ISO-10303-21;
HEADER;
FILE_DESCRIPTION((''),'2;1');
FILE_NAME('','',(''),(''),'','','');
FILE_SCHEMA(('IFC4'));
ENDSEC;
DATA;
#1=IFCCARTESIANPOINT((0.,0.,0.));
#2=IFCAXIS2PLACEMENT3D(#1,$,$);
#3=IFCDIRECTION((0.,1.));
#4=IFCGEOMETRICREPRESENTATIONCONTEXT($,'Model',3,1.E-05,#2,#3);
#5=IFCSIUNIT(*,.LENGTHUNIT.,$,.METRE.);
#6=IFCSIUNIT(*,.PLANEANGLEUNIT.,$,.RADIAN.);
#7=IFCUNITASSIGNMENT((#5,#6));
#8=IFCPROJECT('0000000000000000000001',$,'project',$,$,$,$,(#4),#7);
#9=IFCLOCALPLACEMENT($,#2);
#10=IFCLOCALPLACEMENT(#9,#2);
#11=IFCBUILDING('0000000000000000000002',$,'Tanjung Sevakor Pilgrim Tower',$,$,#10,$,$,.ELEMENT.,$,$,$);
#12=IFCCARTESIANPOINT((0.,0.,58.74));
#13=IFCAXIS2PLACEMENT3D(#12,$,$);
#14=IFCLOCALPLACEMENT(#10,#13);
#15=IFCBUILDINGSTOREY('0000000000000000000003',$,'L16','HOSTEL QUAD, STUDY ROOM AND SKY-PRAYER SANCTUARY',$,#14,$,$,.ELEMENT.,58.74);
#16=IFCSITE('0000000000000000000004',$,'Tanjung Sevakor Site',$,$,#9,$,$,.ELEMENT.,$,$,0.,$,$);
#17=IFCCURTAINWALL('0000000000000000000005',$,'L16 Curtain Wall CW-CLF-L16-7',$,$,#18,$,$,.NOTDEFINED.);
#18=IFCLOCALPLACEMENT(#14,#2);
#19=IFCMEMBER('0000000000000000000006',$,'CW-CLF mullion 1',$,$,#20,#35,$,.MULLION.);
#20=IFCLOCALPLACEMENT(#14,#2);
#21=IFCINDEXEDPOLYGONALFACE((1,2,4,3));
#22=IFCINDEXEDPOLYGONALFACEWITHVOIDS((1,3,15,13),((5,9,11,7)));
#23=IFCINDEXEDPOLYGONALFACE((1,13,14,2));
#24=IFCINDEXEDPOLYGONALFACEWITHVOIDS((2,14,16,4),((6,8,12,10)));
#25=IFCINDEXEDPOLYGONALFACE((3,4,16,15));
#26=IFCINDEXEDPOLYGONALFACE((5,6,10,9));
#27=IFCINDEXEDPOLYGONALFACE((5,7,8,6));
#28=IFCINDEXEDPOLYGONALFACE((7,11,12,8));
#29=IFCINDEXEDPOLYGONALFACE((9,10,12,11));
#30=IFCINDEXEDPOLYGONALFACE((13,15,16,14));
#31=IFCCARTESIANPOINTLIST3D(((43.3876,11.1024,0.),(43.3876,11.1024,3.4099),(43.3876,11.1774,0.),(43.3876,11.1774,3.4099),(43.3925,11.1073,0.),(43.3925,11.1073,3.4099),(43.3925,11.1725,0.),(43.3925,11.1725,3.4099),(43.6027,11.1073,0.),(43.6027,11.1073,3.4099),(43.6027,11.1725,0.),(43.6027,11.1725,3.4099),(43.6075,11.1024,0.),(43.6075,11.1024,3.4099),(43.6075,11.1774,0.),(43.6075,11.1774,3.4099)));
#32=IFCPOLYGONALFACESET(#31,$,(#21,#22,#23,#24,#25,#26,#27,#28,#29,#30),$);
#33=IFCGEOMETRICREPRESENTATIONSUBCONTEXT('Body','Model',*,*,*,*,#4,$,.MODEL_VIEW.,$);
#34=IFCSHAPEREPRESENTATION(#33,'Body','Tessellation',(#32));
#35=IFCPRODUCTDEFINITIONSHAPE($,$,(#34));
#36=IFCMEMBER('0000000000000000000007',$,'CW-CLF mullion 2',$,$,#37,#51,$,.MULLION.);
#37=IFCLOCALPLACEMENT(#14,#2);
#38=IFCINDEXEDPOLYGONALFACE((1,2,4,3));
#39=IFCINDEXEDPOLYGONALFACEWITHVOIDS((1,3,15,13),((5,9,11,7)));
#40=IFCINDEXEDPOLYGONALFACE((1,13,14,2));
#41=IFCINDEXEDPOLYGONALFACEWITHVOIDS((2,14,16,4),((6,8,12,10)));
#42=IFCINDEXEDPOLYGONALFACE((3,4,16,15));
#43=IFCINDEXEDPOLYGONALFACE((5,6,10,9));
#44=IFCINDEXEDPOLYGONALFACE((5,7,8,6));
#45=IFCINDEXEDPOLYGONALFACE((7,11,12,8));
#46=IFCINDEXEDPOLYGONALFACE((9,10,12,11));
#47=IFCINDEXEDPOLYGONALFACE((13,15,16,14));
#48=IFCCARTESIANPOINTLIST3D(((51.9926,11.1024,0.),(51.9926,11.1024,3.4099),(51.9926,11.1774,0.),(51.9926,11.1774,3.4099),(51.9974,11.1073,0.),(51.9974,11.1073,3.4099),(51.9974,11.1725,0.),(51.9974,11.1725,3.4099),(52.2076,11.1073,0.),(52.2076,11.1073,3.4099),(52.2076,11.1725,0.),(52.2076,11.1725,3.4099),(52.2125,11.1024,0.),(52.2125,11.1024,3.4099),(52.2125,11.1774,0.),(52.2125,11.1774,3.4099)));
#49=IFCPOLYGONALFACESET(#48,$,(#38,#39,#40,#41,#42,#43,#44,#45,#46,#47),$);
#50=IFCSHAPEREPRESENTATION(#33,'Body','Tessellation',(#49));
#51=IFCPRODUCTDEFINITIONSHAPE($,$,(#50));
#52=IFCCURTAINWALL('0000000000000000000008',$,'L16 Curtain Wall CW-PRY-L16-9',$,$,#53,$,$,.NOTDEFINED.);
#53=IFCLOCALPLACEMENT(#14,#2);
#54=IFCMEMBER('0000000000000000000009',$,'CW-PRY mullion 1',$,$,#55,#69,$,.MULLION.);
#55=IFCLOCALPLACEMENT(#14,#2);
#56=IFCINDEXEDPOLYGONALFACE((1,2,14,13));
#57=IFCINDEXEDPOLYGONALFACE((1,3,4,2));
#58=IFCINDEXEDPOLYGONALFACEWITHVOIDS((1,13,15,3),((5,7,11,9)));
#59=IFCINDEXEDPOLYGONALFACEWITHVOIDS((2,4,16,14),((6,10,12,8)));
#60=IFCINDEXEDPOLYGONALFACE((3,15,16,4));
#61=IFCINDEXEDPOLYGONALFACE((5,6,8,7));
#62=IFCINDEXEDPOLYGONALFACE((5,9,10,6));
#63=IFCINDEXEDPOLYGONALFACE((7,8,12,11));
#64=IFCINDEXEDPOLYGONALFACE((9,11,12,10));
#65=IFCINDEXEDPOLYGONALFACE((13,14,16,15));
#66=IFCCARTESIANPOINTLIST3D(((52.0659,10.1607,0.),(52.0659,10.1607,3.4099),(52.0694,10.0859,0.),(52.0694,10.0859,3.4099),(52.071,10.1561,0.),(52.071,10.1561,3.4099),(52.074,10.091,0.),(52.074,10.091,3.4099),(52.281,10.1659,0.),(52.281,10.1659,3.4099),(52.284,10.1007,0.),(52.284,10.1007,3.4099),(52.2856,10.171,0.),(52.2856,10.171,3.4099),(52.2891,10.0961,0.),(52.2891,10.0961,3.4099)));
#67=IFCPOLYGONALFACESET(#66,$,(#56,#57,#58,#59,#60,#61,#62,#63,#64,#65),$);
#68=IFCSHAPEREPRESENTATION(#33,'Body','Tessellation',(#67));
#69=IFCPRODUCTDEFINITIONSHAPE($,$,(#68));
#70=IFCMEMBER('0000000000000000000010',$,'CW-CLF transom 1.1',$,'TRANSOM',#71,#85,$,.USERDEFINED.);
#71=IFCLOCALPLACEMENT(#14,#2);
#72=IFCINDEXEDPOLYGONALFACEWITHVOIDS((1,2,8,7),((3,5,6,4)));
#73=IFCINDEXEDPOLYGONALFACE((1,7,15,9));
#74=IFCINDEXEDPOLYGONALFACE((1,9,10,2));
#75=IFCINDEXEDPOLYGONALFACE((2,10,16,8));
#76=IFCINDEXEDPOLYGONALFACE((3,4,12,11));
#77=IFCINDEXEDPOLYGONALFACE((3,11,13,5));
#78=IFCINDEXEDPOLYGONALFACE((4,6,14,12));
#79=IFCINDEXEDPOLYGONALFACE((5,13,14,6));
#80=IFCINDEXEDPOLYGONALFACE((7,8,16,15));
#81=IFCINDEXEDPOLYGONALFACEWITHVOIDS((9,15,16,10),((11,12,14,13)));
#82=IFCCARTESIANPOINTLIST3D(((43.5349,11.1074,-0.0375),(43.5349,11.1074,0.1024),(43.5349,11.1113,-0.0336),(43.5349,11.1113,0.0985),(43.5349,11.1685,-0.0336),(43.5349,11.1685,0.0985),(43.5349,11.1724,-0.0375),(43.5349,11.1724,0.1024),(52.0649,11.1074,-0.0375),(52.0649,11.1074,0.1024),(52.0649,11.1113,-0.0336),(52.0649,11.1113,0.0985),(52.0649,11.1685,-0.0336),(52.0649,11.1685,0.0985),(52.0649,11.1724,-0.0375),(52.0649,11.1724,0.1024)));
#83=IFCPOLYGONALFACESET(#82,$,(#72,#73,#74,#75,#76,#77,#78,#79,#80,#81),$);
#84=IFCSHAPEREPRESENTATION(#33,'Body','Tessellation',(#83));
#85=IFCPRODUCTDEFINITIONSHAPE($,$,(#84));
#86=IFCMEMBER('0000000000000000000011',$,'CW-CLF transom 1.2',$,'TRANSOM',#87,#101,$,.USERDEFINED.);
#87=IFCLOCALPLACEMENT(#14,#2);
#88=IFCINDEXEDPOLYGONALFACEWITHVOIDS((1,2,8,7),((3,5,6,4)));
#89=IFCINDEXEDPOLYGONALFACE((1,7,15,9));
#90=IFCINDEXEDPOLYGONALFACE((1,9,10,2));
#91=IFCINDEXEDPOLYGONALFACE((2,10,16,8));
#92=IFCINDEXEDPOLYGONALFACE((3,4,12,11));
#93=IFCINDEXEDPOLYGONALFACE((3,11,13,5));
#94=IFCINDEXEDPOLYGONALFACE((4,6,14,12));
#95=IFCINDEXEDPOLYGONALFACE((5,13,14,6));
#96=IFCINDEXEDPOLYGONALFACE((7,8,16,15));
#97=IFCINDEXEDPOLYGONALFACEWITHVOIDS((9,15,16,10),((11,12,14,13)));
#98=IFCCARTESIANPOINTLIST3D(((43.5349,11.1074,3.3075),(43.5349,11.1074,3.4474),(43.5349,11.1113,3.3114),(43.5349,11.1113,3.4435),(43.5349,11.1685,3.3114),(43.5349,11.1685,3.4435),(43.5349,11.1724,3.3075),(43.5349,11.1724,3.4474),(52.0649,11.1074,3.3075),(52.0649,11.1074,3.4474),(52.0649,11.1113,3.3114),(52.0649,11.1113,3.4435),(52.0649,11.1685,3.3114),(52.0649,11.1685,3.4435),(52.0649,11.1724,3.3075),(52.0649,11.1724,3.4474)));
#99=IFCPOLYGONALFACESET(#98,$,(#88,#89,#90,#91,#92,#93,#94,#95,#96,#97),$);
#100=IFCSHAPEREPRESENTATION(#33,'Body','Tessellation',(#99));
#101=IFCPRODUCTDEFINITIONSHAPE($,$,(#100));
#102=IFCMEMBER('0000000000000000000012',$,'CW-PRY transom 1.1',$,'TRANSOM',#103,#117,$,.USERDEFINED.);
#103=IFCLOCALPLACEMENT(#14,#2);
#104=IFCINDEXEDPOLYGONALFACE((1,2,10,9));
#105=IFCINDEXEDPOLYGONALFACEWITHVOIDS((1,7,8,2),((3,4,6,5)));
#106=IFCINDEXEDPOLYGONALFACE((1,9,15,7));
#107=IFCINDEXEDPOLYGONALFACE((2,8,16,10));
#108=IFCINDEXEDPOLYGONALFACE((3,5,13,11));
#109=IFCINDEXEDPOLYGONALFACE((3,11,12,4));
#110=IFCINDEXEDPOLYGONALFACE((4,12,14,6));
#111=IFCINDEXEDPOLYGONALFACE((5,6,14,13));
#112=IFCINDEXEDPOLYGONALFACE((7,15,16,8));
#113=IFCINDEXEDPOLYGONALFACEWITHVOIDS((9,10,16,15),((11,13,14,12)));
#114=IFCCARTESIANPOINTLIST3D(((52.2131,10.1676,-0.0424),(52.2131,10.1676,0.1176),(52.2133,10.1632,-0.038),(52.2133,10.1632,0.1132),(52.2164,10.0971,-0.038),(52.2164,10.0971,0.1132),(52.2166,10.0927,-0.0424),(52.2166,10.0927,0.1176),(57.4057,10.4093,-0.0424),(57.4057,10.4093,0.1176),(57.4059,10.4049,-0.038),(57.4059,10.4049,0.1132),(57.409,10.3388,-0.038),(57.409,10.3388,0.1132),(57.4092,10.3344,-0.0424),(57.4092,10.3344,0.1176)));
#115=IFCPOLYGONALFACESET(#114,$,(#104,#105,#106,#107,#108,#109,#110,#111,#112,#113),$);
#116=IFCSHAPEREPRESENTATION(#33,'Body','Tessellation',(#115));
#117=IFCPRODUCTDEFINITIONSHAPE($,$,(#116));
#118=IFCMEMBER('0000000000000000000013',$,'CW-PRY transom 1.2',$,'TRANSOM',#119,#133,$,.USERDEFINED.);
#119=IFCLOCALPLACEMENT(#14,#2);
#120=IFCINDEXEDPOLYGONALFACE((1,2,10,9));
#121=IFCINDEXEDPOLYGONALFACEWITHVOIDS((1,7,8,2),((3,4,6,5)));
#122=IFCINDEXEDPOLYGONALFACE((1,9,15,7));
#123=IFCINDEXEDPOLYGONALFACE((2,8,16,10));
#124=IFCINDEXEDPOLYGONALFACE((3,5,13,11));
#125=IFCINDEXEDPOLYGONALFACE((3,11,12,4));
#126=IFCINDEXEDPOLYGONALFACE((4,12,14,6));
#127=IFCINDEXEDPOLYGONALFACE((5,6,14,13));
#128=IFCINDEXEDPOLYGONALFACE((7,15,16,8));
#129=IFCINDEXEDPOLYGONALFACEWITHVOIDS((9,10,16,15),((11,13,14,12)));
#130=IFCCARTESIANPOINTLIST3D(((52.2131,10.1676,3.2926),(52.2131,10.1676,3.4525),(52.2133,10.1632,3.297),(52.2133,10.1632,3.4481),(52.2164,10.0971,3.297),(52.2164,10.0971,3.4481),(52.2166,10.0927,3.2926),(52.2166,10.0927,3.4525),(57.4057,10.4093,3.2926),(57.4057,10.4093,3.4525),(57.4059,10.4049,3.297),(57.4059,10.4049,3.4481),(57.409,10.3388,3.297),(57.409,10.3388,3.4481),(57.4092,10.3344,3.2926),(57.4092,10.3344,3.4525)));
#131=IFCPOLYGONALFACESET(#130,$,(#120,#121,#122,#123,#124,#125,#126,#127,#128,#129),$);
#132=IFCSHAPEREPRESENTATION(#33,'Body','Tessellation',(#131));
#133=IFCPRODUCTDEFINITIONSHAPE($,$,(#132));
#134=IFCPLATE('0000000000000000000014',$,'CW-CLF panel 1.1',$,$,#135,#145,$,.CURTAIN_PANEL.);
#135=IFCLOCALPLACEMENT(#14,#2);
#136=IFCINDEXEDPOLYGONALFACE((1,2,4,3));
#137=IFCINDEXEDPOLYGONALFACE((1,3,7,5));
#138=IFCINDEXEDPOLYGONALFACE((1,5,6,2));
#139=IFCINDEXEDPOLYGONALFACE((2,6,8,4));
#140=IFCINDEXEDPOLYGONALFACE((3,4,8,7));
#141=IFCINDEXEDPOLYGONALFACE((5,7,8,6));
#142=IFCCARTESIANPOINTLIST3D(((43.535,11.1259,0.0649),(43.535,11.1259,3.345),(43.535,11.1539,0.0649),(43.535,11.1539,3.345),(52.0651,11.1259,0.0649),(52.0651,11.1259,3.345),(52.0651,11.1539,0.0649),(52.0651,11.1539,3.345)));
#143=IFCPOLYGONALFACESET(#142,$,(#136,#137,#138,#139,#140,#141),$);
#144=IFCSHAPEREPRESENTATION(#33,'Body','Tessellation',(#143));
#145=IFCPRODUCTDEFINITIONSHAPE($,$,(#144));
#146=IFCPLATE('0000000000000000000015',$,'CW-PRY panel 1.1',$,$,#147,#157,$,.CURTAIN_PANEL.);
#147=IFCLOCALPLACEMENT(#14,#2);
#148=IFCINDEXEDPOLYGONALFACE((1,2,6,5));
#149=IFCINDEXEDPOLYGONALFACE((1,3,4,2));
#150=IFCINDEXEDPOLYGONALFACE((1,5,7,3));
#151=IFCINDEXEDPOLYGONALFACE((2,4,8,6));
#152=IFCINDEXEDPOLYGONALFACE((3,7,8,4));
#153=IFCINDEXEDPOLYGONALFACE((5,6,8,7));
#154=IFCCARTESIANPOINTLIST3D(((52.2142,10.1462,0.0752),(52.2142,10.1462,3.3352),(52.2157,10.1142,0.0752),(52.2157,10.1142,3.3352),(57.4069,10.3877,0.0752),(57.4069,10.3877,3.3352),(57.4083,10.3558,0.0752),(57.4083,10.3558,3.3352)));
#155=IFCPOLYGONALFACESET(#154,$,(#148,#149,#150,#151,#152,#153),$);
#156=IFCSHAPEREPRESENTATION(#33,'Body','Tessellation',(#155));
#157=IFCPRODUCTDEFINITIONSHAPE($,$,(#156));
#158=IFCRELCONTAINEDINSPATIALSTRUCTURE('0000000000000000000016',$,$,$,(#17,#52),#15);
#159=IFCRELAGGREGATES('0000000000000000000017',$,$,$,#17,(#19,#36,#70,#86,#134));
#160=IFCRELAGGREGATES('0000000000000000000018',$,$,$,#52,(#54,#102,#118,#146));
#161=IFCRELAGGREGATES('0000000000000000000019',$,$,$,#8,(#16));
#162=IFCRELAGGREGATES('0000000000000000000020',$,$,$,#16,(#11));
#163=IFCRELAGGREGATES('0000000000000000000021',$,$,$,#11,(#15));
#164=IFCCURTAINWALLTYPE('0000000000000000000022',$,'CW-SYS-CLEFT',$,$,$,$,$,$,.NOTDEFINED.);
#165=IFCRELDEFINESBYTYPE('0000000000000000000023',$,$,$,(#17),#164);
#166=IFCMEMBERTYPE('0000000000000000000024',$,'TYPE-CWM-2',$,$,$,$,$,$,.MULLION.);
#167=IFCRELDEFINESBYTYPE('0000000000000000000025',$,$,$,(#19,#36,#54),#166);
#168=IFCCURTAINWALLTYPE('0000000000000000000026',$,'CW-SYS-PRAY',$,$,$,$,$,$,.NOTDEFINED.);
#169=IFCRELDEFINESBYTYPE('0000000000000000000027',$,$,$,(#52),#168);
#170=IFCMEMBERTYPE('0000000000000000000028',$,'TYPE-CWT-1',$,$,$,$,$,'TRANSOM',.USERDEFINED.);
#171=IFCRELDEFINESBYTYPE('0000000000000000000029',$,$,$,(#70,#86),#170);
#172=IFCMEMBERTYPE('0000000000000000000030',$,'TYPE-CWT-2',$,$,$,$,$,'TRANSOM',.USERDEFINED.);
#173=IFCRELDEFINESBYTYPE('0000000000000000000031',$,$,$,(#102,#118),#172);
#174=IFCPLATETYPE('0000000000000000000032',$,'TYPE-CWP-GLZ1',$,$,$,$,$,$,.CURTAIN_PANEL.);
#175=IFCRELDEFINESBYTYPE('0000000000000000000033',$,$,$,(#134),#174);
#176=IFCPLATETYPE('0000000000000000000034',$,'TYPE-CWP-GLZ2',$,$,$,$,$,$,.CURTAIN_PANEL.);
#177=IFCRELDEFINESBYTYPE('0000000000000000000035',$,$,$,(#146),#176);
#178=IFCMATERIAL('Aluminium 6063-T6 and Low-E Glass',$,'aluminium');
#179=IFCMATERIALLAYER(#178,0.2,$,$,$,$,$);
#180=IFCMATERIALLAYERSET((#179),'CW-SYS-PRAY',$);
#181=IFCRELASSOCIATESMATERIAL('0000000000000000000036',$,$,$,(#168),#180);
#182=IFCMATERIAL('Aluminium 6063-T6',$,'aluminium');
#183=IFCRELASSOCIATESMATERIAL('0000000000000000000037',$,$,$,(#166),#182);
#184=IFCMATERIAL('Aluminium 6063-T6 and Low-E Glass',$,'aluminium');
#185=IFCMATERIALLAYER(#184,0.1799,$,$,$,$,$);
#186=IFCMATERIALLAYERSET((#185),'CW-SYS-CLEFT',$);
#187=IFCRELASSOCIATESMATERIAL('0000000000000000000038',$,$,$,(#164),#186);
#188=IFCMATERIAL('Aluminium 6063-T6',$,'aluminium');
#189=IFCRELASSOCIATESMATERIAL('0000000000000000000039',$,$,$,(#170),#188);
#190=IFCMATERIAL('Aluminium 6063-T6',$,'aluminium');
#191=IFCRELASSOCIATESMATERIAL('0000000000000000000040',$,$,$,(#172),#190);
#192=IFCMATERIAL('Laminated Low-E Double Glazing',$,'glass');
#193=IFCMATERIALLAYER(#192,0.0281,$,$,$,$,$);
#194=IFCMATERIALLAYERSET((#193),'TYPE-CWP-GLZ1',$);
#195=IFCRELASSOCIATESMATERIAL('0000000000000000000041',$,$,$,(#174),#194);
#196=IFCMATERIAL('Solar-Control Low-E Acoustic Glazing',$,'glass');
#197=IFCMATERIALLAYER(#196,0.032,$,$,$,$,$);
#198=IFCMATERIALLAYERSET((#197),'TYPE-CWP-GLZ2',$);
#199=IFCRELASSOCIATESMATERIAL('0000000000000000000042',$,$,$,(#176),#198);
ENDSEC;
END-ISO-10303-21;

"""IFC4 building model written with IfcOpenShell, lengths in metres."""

from ifc_helpers import new_model, si_unit, direction, frame, origin, origin_2d, place, context, subcontext, project, spatial, rectangle, hollow_rectangle, extrude, material, layer, layer_set, material_profile, profile_set, type_object, element, aggregate, save


model = new_model("IFC4")

# Units and contexts
model_context = context("Model", 3, precision=1e-05, world=origin(), true_north=direction((0.0, 1.0)))
body_context = subcontext(model_context, "Body", "Model", "MODEL_VIEW")
ifc_project = project(units=[si_unit("LENGTHUNIT", "METRE"), si_unit("PLANEANGLEUNIT", "RADIAN")], contexts=[model_context])

# Site, building, storey
site_placement = place(None, origin())
site = spatial("IfcSite", under=ifc_project, at=site_placement, Name="Tanjung Sevakor Site", CompositionType="ELEMENT", RefElevation=0.0)
building_placement = place(site_placement, origin())
building = spatial("IfcBuilding", under=site, at=building_placement, Name="Tanjung Sevakor Pilgrim Tower", CompositionType="ELEMENT")
storey_placement = place(building_placement, frame((0.0, 0.0, 58.74)))
storey = spatial("IfcBuildingStorey", under=building, at=storey_placement, Name="L16", Description="HOSTEL QUAD, STUDY ROOM AND SKY-PRAYER SANCTUARY", CompositionType="ELEMENT", Elevation=58.74)

# Shared definitions
ifc_material_1 = material(Name="Aluminium 6063-T6 and Low-E Glass", Category="aluminium")
ifc_layer_1 = layer(ifc_material_1, 0.2)
ifc_layer_set_1 = layer_set([ifc_layer_1], Name="CW-SYS-PRAY")
curtain_wall_type_1 = type_object("IfcCurtainWallType", Name="CW-SYS-PRAY", PredefinedType="NOTDEFINED", material=ifc_layer_set_1)
ifc_material_2 = material(Name="Aluminium 6063-T6", Category="aluminium")
ifc_material_profile_1 = material_profile(ifc_material_2, hollow_rectangle(XDim=0.075, YDim=0.22, WallThickness=0.0049, at=origin_2d()))
ifc_profile_set_1 = profile_set([ifc_material_profile_1], Name="Aluminium 6063-T6")
member_type_1 = type_object("IfcMemberType", Name="TYPE-CWM-2", PredefinedType="MULLION", material=ifc_profile_set_1)

# Curtain wall, members
ifc_material_3 = material(Name="Aluminium 6063-T6 and Low-E Glass", Category="aluminium")
ifc_layer_2 = layer(ifc_material_3, 0.1799)
ifc_layer_set_2 = layer_set([ifc_layer_2], Name="CW-SYS-CLEFT")
curtain_wall_type_2 = type_object("IfcCurtainWallType", Name="CW-SYS-CLEFT", PredefinedType="NOTDEFINED", material=ifc_layer_set_2)
curtain_wall_1_placement = place(storey_placement, origin())
curtain_wall_1 = element("IfcCurtainWall", 1, at=curtain_wall_1_placement, inside=storey, type_object=curtain_wall_type_2, Name="L16 Curtain Wall CW-CLF-L16-7", PredefinedType="NOTDEFINED")
member_1_placement = place(storey_placement, frame((43.4976, 11.1399, 0.0), z_axis=(0.0, 0.0, 1.0), x_axis=(0.0, 1.0, 0.0)))
member_1 = element("IfcMember", 2, at=member_1_placement, type_object=member_type_1, Name="CW-CLF mullion 1", PredefinedType="MULLION", context=body_context, shape_type="SweptSolid", body=[
    extrude(hollow_rectangle(XDim=0.075, YDim=0.22, WallThickness=0.0049, at=origin_2d()), origin(), (0.0, 0.0, 1.0), 3.4099),
])
member_2_placement = place(storey_placement, frame((52.1025, 11.1399, 0.0), z_axis=(0.0, 0.0, 1.0), x_axis=(0.0, 1.0, 0.0)))
member_2 = element("IfcMember", 3, at=member_2_placement, type_object=member_type_1, Name="CW-CLF mullion 2", PredefinedType="MULLION", context=body_context, shape_type="SweptSolid", body=[
    extrude(hollow_rectangle(XDim=0.075, YDim=0.22, WallThickness=0.0049, at=origin_2d()), origin(), (0.0, 0.0, 1.0), 3.4099),
])

# Curtain wall, member
curtain_wall_2_placement = place(storey_placement, origin())
curtain_wall_2 = element("IfcCurtainWall", 4, at=curtain_wall_2_placement, inside=storey, type_object=curtain_wall_type_1, Name="L16 Curtain Wall CW-PRY-L16-9", PredefinedType="NOTDEFINED")
member_3_placement = place(storey_placement, frame((52.1775, 10.1284, 0.0), z_axis=(0.0, 0.0, 1.0), x_axis=(-0.046462, 0.99892, 0.0)))
member_3 = element("IfcMember", 5, at=member_3_placement, type_object=member_type_1, Name="CW-PRY mullion 1", PredefinedType="MULLION", context=body_context, shape_type="SweptSolid", body=[
    extrude(hollow_rectangle(XDim=0.075, YDim=0.22, WallThickness=0.0049, at=origin_2d()), origin(), (0.0, 0.0, 1.0), 3.4099),
])

# Members
ifc_material_4 = material(Name="Aluminium 6063-T6", Category="aluminium")
ifc_material_profile_2 = material_profile(ifc_material_4, hollow_rectangle(XDim=0.0649, YDim=0.1399, WallThickness=0.0039, at=origin_2d()))
ifc_profile_set_2 = profile_set([ifc_material_profile_2], Name="Aluminium 6063-T6")
member_type_2 = type_object("IfcMemberType", Name="TYPE-CWT-1", ElementType="TRANSOM", PredefinedType="USERDEFINED", material=ifc_profile_set_2)
member_4_placement = place(storey_placement, frame((43.5349, 11.1399, 0.0325), z_axis=(1.0, 0.0, 0.0), x_axis=(0.0, 1.0, 0.0)))
member_4 = element("IfcMember", 6, at=member_4_placement, type_object=member_type_2, Name="CW-CLF transom 1.1", ObjectType="TRANSOM", PredefinedType="USERDEFINED", context=body_context, shape_type="SweptSolid", body=[
    extrude(hollow_rectangle(XDim=0.0649, YDim=0.1399, WallThickness=0.0039, at=origin_2d()), origin(), (0.0, 0.0, 1.0), 8.53),
])
member_5_placement = place(storey_placement, frame((43.5349, 11.1399, 3.3774), z_axis=(1.0, 0.0, 0.0), x_axis=(0.0, 1.0, 0.0)))
member_5 = element("IfcMember", 7, at=member_5_placement, type_object=member_type_2, Name="CW-CLF transom 1.2", ObjectType="TRANSOM", PredefinedType="USERDEFINED", context=body_context, shape_type="SweptSolid", body=[
    extrude(hollow_rectangle(XDim=0.0649, YDim=0.1399, WallThickness=0.0039, at=origin_2d()), origin(), (0.0, 0.0, 1.0), 8.53),
])
ifc_material_5 = material(Name="Aluminium 6063-T6", Category="aluminium")
ifc_material_profile_3 = material_profile(ifc_material_5, hollow_rectangle(XDim=0.075, YDim=0.1599, WallThickness=0.0044, at=origin_2d()))
ifc_profile_set_3 = profile_set([ifc_material_profile_3], Name="Aluminium 6063-T6")
member_type_3 = type_object("IfcMemberType", Name="TYPE-CWT-2", ElementType="TRANSOM", PredefinedType="USERDEFINED", material=ifc_profile_set_3)
member_6_placement = place(storey_placement, frame((52.2148, 10.1301, 0.0376), z_axis=(0.998918, 0.046496, 0.0), x_axis=(-0.046496, 0.998918, 0.0)))
member_6 = element("IfcMember", 8, at=member_6_placement, type_object=member_type_3, Name="CW-PRY transom 1.1", ObjectType="TRANSOM", PredefinedType="USERDEFINED", context=body_context, shape_type="SweptSolid", body=[
    extrude(hollow_rectangle(XDim=0.075, YDim=0.1599, WallThickness=0.0044, at=origin_2d()), origin(), (0.0, 0.0, 1.0), 5.1982),
])
member_7_placement = place(storey_placement, frame((52.2148, 10.1301, 3.3726), z_axis=(0.998918, 0.046496, 0.0), x_axis=(-0.046496, 0.998918, 0.0)))
member_7 = element("IfcMember", 9, at=member_7_placement, type_object=member_type_3, Name="CW-PRY transom 1.2", ObjectType="TRANSOM", PredefinedType="USERDEFINED", context=body_context, shape_type="SweptSolid", body=[
    extrude(hollow_rectangle(XDim=0.075, YDim=0.1599, WallThickness=0.0044, at=origin_2d()), origin(), (0.0, 0.0, 1.0), 5.1982),
])

# Plates
ifc_material_6 = material(Name="Laminated Low-E Double Glazing", Category="glass")
ifc_layer_3 = layer(ifc_material_6, 0.0281)
ifc_layer_set_3 = layer_set([ifc_layer_3], Name="TYPE-CWP-GLZ1")
plate_type_1 = type_object("IfcPlateType", Name="TYPE-CWP-GLZ1", PredefinedType="CURTAIN_PANEL", material=ifc_layer_set_3)
plate_1_placement = place(storey_placement, frame((47.8, 11.1399, 0.0649), z_axis=(0.0, 0.0, 1.0), x_axis=(1.0, 0.0, 0.0)))
plate_1 = element("IfcPlate", 10, at=plate_1_placement, type_object=plate_type_1, Name="CW-CLF panel 1.1", PredefinedType="CURTAIN_PANEL", context=body_context, shape_type="SweptSolid", body=[
    extrude(rectangle(XDim=8.53, YDim=0.0281, at=origin_2d()), origin(), (0.0, 0.0, 1.0), 3.28),
])
aggregate(curtain_wall_1, [member_1, member_2, member_4, member_5, plate_1])
ifc_material_7 = material(Name="Solar-Control Low-E Acoustic Glazing", Category="glass")
ifc_layer_4 = layer(ifc_material_7, 0.032)
ifc_layer_set_4 = layer_set([ifc_layer_4], Name="TYPE-CWP-GLZ2")
plate_type_2 = type_object("IfcPlateType", Name="TYPE-CWP-GLZ2", PredefinedType="CURTAIN_PANEL", material=ifc_layer_set_4)
plate_2_placement = place(storey_placement, frame((54.8113, 10.251, 0.0752), z_axis=(0.0, 0.0, 1.0), x_axis=(0.99892, 0.046462, 0.0)))
plate_2 = element("IfcPlate", 11, at=plate_2_placement, type_object=plate_type_2, Name="CW-PRY panel 1.1", PredefinedType="CURTAIN_PANEL", context=body_context, shape_type="SweptSolid", body=[
    extrude(rectangle(XDim=5.1982, YDim=0.032, at=origin_2d()), origin(), (0.0, 0.0, 1.0), 3.26),
])
aggregate(curtain_wall_2, [member_3, member_6, member_7, plate_2])

save(model, "model.ifc")
